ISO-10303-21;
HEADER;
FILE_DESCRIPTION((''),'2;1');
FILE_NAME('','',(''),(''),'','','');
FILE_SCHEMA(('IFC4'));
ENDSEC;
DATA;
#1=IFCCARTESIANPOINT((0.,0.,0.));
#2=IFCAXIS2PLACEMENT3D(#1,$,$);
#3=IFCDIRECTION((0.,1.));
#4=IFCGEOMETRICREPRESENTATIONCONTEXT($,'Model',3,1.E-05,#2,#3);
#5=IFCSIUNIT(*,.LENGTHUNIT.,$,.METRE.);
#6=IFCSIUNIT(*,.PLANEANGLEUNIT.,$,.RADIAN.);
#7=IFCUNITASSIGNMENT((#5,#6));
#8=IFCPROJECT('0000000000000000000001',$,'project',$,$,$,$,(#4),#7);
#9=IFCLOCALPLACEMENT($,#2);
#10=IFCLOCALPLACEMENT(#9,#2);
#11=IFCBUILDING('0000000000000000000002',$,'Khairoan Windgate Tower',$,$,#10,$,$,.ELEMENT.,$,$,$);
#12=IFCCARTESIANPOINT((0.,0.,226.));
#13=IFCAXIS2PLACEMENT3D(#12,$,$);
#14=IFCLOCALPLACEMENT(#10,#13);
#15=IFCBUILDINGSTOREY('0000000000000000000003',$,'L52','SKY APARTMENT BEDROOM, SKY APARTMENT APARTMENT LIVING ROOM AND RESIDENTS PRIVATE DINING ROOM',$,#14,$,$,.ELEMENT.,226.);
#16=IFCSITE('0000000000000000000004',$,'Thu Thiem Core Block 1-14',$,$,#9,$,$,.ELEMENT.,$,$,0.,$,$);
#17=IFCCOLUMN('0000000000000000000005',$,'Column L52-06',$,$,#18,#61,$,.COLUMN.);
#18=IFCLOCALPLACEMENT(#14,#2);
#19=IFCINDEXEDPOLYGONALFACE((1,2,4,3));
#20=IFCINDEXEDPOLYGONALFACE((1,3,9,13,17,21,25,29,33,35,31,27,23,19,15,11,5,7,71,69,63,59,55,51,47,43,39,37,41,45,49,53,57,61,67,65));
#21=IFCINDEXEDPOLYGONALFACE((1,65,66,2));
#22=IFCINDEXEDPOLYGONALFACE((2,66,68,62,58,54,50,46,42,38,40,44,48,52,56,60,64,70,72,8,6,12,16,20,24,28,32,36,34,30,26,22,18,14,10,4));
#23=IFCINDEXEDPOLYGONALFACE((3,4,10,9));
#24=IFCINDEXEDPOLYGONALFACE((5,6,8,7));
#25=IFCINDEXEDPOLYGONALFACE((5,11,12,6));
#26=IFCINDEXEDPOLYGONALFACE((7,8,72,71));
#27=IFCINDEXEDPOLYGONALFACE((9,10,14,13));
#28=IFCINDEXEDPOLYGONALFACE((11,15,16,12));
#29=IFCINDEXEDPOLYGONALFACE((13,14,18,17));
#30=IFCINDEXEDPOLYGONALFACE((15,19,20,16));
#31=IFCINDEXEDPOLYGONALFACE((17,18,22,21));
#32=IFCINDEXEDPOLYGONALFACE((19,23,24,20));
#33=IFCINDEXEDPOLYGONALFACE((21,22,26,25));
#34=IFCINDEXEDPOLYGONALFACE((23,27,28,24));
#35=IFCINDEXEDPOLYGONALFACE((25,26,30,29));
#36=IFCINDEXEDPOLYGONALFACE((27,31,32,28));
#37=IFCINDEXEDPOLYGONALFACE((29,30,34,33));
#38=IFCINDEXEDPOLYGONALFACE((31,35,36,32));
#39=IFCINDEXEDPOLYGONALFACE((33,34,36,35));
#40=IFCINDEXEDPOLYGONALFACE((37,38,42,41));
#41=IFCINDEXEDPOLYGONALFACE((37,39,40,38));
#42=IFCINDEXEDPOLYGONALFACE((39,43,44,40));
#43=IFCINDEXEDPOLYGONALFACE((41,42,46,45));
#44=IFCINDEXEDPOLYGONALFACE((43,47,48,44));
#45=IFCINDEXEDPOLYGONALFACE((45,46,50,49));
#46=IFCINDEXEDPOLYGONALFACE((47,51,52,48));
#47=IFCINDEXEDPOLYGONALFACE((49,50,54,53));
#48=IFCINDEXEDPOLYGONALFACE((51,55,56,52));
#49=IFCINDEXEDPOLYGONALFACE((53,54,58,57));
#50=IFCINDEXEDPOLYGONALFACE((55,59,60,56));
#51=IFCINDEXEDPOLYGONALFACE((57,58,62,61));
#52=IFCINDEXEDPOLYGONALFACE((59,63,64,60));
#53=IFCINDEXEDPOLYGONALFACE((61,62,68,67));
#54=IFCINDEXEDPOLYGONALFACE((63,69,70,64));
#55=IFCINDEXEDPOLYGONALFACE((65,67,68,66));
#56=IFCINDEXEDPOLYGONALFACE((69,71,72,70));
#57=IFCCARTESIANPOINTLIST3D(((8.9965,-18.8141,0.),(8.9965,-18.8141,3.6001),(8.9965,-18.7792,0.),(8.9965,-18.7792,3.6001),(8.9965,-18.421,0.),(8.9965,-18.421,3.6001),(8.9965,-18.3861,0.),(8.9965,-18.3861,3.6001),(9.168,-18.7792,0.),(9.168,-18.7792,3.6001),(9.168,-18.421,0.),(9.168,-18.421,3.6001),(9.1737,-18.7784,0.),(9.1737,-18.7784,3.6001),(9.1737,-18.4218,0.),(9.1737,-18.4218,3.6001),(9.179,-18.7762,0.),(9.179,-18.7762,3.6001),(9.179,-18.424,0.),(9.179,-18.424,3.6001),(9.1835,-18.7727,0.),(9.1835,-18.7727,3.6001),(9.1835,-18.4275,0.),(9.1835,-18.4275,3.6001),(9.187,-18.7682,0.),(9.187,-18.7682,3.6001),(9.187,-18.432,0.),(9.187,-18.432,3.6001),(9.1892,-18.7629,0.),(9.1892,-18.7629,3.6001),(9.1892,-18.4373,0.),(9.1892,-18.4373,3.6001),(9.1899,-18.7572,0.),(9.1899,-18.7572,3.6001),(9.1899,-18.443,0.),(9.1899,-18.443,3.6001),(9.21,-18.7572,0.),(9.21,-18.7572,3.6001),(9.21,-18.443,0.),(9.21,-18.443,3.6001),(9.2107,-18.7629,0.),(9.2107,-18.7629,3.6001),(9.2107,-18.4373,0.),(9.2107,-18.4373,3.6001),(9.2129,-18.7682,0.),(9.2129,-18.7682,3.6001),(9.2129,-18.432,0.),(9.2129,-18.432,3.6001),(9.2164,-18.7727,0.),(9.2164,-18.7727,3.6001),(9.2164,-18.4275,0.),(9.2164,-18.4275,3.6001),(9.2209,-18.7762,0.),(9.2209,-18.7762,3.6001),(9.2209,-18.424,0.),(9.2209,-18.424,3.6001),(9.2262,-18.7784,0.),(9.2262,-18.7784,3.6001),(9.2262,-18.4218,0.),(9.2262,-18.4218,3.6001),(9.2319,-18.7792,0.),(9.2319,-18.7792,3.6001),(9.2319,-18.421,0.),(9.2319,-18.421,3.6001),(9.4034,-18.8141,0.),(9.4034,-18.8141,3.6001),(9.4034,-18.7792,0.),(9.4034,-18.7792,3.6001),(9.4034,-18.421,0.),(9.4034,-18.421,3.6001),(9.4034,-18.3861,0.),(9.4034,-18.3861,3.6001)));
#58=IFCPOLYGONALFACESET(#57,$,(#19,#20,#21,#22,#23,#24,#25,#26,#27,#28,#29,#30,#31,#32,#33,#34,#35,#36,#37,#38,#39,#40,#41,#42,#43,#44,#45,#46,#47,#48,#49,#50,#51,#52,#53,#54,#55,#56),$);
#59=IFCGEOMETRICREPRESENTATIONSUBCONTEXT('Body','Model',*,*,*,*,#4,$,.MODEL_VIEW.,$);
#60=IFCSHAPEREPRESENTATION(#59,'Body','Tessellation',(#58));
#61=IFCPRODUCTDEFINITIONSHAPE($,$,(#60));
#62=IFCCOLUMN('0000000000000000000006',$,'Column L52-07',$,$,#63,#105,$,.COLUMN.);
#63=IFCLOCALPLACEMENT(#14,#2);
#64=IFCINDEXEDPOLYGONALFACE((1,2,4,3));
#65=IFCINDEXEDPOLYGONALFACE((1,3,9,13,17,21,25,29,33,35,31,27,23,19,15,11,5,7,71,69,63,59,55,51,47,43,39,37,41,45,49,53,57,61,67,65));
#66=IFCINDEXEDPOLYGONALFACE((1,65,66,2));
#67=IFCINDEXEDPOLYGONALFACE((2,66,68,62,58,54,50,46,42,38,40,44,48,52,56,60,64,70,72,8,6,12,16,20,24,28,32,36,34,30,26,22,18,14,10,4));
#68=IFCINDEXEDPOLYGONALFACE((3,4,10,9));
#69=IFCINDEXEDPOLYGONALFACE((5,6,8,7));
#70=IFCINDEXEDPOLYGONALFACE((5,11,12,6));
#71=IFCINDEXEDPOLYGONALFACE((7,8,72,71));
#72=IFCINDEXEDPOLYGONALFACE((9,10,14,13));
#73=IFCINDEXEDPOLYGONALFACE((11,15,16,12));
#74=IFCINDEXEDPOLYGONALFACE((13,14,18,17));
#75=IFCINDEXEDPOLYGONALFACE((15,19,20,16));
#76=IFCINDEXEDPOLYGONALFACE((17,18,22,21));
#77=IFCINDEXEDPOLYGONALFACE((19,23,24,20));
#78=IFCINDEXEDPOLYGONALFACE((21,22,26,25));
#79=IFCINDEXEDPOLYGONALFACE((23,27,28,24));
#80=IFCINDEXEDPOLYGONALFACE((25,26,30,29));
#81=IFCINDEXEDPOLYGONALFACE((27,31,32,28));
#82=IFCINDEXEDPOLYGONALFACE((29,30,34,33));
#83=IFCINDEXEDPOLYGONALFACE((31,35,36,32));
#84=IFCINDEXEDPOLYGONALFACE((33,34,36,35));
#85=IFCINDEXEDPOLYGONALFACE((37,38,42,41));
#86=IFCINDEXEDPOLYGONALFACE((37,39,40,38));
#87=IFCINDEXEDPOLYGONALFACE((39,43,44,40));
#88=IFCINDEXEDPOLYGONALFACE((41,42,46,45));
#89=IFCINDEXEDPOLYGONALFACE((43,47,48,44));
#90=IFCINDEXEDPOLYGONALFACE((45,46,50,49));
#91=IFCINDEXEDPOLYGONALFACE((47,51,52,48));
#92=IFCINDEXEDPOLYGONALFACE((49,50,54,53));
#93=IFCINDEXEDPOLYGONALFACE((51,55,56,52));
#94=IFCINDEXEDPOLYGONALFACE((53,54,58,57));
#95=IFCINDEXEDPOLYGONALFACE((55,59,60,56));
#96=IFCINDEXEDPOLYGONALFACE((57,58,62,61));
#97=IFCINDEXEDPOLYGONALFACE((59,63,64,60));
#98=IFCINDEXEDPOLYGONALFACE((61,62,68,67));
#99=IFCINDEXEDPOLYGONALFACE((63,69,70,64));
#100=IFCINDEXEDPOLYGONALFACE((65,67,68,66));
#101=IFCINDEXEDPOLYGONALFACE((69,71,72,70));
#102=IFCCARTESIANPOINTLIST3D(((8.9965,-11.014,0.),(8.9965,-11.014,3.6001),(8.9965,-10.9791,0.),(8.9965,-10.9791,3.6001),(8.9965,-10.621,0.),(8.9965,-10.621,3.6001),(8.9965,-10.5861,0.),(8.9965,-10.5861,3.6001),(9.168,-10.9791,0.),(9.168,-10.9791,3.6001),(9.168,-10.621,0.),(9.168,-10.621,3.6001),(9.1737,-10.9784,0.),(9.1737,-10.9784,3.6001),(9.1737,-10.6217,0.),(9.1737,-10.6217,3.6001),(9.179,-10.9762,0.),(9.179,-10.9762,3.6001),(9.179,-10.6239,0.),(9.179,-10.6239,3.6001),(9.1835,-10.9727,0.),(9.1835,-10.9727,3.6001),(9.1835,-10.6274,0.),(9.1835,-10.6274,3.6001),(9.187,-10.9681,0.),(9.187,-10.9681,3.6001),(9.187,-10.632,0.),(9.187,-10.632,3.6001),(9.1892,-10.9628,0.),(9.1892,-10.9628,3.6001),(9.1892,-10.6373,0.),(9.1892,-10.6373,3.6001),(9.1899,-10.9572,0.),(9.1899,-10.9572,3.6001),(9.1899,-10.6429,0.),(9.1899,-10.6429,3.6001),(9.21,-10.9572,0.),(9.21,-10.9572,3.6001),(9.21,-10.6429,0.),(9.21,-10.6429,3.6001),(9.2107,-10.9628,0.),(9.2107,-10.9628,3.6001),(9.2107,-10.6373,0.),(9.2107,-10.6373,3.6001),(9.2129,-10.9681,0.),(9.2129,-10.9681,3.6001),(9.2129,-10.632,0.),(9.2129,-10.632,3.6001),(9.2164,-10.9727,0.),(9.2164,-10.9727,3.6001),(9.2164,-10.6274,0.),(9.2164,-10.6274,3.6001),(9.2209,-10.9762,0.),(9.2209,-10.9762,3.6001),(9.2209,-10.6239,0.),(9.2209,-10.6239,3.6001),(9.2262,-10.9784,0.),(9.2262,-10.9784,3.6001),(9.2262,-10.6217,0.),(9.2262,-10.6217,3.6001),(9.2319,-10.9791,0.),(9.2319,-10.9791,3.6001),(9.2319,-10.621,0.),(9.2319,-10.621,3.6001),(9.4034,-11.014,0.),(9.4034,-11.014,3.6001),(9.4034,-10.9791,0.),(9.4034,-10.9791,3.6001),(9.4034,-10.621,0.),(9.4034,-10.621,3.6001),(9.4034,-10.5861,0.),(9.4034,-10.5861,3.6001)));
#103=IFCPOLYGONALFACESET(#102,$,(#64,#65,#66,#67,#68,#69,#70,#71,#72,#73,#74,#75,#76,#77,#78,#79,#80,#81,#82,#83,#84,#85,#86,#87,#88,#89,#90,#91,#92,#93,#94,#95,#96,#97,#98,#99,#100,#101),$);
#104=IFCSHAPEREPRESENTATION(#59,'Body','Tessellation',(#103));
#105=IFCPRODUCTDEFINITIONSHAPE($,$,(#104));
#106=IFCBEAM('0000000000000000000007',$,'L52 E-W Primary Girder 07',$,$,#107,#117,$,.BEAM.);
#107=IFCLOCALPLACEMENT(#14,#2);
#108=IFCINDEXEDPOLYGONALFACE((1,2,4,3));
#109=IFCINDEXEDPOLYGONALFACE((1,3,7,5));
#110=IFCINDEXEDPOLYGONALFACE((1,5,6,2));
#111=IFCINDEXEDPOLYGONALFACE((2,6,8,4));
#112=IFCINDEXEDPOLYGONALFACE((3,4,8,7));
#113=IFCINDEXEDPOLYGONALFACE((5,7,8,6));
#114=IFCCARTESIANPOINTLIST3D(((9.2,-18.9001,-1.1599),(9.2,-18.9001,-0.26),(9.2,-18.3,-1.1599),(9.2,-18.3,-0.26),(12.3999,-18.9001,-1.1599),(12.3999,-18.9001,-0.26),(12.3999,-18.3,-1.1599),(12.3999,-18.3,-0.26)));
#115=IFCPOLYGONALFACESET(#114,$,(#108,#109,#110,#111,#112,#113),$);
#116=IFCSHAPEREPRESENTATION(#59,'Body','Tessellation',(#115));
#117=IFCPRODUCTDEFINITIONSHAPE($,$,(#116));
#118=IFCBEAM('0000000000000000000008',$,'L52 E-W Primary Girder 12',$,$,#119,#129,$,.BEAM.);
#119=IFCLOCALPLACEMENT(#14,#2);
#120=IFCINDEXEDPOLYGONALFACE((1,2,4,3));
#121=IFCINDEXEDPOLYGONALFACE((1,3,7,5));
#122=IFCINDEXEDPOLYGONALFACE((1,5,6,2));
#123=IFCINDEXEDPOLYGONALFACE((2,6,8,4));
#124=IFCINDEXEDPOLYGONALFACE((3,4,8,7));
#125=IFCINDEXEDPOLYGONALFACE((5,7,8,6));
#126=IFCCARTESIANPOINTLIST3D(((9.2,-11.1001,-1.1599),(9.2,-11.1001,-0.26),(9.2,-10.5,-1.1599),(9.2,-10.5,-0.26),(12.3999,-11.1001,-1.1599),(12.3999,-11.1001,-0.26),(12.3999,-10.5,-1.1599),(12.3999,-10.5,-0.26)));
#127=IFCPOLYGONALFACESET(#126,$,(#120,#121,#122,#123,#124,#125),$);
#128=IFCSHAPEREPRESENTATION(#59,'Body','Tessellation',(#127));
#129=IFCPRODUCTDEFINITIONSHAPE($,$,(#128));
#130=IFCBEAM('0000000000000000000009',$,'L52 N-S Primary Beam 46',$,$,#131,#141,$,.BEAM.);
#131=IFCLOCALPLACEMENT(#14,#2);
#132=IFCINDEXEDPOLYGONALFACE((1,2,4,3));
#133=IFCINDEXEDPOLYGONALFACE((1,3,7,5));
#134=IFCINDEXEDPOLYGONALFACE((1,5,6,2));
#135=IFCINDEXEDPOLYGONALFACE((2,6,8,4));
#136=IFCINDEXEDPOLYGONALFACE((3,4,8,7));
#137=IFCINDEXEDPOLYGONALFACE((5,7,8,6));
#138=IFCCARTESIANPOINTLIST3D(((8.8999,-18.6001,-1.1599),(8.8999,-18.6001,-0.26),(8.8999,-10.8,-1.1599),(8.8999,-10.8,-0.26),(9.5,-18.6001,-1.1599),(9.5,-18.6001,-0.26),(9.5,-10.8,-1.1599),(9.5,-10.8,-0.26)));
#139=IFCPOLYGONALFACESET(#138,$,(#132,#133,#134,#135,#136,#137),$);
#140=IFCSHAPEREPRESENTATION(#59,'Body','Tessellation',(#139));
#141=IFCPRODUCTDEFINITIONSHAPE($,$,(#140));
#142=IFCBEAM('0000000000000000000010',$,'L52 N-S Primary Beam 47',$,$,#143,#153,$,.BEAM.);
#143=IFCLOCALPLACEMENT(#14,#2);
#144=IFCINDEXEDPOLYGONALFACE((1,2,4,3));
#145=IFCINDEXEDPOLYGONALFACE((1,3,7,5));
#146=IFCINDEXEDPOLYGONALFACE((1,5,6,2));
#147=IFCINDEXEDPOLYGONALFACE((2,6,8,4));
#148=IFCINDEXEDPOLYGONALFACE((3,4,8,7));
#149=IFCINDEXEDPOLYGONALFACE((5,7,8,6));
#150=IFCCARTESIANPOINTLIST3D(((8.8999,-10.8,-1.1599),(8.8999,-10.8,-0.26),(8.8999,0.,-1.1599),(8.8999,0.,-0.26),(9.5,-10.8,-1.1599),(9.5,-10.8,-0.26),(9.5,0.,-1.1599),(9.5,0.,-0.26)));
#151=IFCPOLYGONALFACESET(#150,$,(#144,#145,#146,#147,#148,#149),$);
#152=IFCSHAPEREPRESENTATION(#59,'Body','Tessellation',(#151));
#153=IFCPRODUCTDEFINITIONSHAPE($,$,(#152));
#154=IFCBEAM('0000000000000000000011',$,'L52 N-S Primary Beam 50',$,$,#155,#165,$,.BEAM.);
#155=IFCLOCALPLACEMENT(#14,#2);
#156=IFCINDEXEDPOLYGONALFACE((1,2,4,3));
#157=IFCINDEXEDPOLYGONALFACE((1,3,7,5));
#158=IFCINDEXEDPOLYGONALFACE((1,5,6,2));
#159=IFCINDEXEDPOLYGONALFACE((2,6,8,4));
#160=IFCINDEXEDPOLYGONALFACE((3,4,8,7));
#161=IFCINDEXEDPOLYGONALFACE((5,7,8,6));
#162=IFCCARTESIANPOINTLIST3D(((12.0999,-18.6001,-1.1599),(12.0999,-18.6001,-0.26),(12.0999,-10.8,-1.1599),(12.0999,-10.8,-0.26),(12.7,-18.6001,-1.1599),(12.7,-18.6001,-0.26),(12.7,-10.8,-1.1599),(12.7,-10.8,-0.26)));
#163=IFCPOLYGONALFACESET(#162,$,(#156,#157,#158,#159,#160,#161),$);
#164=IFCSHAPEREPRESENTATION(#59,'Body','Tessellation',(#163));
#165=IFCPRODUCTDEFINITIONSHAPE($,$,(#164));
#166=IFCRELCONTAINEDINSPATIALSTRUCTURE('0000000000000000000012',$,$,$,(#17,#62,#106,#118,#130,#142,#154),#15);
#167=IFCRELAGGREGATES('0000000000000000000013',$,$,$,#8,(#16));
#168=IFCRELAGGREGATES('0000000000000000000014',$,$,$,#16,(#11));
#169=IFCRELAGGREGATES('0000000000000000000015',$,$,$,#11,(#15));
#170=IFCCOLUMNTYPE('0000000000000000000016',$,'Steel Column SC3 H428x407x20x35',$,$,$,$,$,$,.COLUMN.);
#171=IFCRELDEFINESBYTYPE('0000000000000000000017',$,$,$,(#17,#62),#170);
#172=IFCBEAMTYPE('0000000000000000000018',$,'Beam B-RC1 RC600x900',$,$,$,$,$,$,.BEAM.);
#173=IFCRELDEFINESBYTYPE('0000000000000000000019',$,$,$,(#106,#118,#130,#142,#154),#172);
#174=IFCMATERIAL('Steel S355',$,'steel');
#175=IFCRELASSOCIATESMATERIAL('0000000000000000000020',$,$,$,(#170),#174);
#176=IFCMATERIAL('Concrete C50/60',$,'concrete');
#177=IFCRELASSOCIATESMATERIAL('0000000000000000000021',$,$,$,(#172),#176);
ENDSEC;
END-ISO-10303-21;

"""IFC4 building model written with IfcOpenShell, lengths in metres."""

from ifc_helpers import new_model, si_unit, direction, frame, origin, origin_2d, place, context, subcontext, project, spatial, rectangle, i_section, extrude, material, material_profile, profile_set, type_object, element, save


model = new_model("IFC4")

# Units and contexts
model_context = context("Model", 3, precision=1e-05, world=origin(), true_north=direction((0.0, 1.0)))
body_context = subcontext(model_context, "Body", "Model", "MODEL_VIEW")
ifc_project = project(units=[si_unit("LENGTHUNIT", "METRE"), si_unit("PLANEANGLEUNIT", "RADIAN")], contexts=[model_context])

# Site, building, storey
site_placement = place(None, origin())
site = spatial("IfcSite", under=ifc_project, at=site_placement, Name="Thu Thiem Core Block 1-14", CompositionType="ELEMENT", RefElevation=0.0)
building_placement = place(site_placement, origin())
building = spatial("IfcBuilding", under=site, at=building_placement, Name="Khairoan Windgate Tower", CompositionType="ELEMENT")
storey_placement = place(building_placement, frame((0.0, 0.0, 226.0)))
storey = spatial("IfcBuildingStorey", under=building, at=storey_placement, Name="L52", Description="SKY APARTMENT BEDROOM, SKY APARTMENT APARTMENT LIVING ROOM AND RESIDENTS PRIVATE DINING ROOM", CompositionType="ELEMENT", Elevation=226.0)

# Columns
ifc_material_1 = material(Name="Steel S355", Category="steel")
ifc_material_profile_1 = material_profile(ifc_material_1, i_section(OverallWidth=0.407, OverallDepth=0.428, WebThickness=0.02, FlangeThickness=0.0349, FilletRadius=0.022, at=origin_2d()))
ifc_profile_set_1 = profile_set([ifc_material_profile_1], Name="Steel S355")
column_type = type_object("IfcColumnType", Name="Steel Column SC3 H428x407x20x35", PredefinedType="COLUMN", material=ifc_profile_set_1)
for number, where, z_axis, x_axis, name in (
    (1, (9.2, -18.6001, 0.0), (0.0, 0.0, 1.0), (1.0, 0.0, 0.0), "Column L52-06"),
    (2, (9.2, -10.8, 0.0), (0.0, 0.0, 1.0), (1.0, 0.0, 0.0), "Column L52-07"),
):
    element("IfcColumn", number, at=place(storey_placement, frame(where, z_axis=z_axis, x_axis=x_axis)), inside=storey, type_object=column_type, Name=name, PredefinedType="COLUMN", context=body_context, shape_type="SweptSolid", body=[
        extrude(i_section(OverallWidth=0.407, OverallDepth=0.428, WebThickness=0.02, FlangeThickness=0.0349, FilletRadius=0.022, at=origin_2d()), origin(), (0.0, 0.0, 1.0), 3.6001),
    ])

# Beams
ifc_material_2 = material(Name="Concrete C50/60", Category="concrete")
ifc_material_profile_2 = material_profile(ifc_material_2, rectangle(XDim=0.6001, YDim=0.8999, at=origin_2d()))
ifc_profile_set_2 = profile_set([ifc_material_profile_2], Name="Concrete C50/60")
beam_type_1 = type_object("IfcBeamType", Name="Beam B-RC1 RC600x900", PredefinedType="BEAM", material=ifc_profile_set_2)
for number, where, z_axis, x_axis, name in (
    (3, (9.2, -18.6001, -0.71), (1.0, 0.0, 0.0), (0.0, 1.0, 0.0), "L52 E-W Primary Girder 07"),
    (4, (9.2, -10.8, -0.71), (1.0, 0.0, 0.0), (0.0, 1.0, 0.0), "L52 E-W Primary Girder 12"),
):
    element("IfcBeam", number, at=place(storey_placement, frame(where, z_axis=z_axis, x_axis=x_axis)), inside=storey, type_object=beam_type_1, Name=name, PredefinedType="BEAM", context=body_context, shape_type="SweptSolid", body=[
        extrude(rectangle(XDim=0.6001, YDim=0.8999, at=origin_2d()), origin(), (0.0, 0.0, 1.0), 3.2),
    ])
beam_1_placement = place(storey_placement, frame((9.2, -18.6001, -0.71), z_axis=(0.0, 1.0, 0.0), x_axis=(-1.0, 0.0, 0.0)))
element("IfcBeam", 5, at=beam_1_placement, inside=storey, type_object=beam_type_1, Name="L52 N-S Primary Beam 46", PredefinedType="BEAM", context=body_context, shape_type="SweptSolid", body=[
    extrude(rectangle(XDim=0.6001, YDim=0.8999, at=origin_2d()), origin(), (0.0, 0.0, 1.0), 7.8),
])
beam_2_placement = place(storey_placement, frame((9.2, -10.8, -0.71), z_axis=(0.0, 1.0, 0.0), x_axis=(-1.0, 0.0, 0.0)))
element("IfcBeam", 6, at=beam_2_placement, inside=storey, type_object=beam_type_1, Name="L52 N-S Primary Beam 47", PredefinedType="BEAM", context=body_context, shape_type="SweptSolid", body=[
    extrude(rectangle(XDim=0.6001, YDim=0.8999, at=origin_2d()), origin(), (0.0, 0.0, 1.0), 10.8),
])
beam_3_placement = place(storey_placement, frame((12.3999, -18.6001, -0.71), z_axis=(0.0, 1.0, 0.0), x_axis=(-1.0, 0.0, 0.0)))
element("IfcBeam", 7, at=beam_3_placement, inside=storey, type_object=beam_type_1, Name="L52 N-S Primary Beam 50", PredefinedType="BEAM", context=body_context, shape_type="SweptSolid", body=[
    extrude(rectangle(XDim=0.6001, YDim=0.8999, at=origin_2d()), origin(), (0.0, 0.0, 1.0), 7.8),
])

save(model, "model.ifc")
